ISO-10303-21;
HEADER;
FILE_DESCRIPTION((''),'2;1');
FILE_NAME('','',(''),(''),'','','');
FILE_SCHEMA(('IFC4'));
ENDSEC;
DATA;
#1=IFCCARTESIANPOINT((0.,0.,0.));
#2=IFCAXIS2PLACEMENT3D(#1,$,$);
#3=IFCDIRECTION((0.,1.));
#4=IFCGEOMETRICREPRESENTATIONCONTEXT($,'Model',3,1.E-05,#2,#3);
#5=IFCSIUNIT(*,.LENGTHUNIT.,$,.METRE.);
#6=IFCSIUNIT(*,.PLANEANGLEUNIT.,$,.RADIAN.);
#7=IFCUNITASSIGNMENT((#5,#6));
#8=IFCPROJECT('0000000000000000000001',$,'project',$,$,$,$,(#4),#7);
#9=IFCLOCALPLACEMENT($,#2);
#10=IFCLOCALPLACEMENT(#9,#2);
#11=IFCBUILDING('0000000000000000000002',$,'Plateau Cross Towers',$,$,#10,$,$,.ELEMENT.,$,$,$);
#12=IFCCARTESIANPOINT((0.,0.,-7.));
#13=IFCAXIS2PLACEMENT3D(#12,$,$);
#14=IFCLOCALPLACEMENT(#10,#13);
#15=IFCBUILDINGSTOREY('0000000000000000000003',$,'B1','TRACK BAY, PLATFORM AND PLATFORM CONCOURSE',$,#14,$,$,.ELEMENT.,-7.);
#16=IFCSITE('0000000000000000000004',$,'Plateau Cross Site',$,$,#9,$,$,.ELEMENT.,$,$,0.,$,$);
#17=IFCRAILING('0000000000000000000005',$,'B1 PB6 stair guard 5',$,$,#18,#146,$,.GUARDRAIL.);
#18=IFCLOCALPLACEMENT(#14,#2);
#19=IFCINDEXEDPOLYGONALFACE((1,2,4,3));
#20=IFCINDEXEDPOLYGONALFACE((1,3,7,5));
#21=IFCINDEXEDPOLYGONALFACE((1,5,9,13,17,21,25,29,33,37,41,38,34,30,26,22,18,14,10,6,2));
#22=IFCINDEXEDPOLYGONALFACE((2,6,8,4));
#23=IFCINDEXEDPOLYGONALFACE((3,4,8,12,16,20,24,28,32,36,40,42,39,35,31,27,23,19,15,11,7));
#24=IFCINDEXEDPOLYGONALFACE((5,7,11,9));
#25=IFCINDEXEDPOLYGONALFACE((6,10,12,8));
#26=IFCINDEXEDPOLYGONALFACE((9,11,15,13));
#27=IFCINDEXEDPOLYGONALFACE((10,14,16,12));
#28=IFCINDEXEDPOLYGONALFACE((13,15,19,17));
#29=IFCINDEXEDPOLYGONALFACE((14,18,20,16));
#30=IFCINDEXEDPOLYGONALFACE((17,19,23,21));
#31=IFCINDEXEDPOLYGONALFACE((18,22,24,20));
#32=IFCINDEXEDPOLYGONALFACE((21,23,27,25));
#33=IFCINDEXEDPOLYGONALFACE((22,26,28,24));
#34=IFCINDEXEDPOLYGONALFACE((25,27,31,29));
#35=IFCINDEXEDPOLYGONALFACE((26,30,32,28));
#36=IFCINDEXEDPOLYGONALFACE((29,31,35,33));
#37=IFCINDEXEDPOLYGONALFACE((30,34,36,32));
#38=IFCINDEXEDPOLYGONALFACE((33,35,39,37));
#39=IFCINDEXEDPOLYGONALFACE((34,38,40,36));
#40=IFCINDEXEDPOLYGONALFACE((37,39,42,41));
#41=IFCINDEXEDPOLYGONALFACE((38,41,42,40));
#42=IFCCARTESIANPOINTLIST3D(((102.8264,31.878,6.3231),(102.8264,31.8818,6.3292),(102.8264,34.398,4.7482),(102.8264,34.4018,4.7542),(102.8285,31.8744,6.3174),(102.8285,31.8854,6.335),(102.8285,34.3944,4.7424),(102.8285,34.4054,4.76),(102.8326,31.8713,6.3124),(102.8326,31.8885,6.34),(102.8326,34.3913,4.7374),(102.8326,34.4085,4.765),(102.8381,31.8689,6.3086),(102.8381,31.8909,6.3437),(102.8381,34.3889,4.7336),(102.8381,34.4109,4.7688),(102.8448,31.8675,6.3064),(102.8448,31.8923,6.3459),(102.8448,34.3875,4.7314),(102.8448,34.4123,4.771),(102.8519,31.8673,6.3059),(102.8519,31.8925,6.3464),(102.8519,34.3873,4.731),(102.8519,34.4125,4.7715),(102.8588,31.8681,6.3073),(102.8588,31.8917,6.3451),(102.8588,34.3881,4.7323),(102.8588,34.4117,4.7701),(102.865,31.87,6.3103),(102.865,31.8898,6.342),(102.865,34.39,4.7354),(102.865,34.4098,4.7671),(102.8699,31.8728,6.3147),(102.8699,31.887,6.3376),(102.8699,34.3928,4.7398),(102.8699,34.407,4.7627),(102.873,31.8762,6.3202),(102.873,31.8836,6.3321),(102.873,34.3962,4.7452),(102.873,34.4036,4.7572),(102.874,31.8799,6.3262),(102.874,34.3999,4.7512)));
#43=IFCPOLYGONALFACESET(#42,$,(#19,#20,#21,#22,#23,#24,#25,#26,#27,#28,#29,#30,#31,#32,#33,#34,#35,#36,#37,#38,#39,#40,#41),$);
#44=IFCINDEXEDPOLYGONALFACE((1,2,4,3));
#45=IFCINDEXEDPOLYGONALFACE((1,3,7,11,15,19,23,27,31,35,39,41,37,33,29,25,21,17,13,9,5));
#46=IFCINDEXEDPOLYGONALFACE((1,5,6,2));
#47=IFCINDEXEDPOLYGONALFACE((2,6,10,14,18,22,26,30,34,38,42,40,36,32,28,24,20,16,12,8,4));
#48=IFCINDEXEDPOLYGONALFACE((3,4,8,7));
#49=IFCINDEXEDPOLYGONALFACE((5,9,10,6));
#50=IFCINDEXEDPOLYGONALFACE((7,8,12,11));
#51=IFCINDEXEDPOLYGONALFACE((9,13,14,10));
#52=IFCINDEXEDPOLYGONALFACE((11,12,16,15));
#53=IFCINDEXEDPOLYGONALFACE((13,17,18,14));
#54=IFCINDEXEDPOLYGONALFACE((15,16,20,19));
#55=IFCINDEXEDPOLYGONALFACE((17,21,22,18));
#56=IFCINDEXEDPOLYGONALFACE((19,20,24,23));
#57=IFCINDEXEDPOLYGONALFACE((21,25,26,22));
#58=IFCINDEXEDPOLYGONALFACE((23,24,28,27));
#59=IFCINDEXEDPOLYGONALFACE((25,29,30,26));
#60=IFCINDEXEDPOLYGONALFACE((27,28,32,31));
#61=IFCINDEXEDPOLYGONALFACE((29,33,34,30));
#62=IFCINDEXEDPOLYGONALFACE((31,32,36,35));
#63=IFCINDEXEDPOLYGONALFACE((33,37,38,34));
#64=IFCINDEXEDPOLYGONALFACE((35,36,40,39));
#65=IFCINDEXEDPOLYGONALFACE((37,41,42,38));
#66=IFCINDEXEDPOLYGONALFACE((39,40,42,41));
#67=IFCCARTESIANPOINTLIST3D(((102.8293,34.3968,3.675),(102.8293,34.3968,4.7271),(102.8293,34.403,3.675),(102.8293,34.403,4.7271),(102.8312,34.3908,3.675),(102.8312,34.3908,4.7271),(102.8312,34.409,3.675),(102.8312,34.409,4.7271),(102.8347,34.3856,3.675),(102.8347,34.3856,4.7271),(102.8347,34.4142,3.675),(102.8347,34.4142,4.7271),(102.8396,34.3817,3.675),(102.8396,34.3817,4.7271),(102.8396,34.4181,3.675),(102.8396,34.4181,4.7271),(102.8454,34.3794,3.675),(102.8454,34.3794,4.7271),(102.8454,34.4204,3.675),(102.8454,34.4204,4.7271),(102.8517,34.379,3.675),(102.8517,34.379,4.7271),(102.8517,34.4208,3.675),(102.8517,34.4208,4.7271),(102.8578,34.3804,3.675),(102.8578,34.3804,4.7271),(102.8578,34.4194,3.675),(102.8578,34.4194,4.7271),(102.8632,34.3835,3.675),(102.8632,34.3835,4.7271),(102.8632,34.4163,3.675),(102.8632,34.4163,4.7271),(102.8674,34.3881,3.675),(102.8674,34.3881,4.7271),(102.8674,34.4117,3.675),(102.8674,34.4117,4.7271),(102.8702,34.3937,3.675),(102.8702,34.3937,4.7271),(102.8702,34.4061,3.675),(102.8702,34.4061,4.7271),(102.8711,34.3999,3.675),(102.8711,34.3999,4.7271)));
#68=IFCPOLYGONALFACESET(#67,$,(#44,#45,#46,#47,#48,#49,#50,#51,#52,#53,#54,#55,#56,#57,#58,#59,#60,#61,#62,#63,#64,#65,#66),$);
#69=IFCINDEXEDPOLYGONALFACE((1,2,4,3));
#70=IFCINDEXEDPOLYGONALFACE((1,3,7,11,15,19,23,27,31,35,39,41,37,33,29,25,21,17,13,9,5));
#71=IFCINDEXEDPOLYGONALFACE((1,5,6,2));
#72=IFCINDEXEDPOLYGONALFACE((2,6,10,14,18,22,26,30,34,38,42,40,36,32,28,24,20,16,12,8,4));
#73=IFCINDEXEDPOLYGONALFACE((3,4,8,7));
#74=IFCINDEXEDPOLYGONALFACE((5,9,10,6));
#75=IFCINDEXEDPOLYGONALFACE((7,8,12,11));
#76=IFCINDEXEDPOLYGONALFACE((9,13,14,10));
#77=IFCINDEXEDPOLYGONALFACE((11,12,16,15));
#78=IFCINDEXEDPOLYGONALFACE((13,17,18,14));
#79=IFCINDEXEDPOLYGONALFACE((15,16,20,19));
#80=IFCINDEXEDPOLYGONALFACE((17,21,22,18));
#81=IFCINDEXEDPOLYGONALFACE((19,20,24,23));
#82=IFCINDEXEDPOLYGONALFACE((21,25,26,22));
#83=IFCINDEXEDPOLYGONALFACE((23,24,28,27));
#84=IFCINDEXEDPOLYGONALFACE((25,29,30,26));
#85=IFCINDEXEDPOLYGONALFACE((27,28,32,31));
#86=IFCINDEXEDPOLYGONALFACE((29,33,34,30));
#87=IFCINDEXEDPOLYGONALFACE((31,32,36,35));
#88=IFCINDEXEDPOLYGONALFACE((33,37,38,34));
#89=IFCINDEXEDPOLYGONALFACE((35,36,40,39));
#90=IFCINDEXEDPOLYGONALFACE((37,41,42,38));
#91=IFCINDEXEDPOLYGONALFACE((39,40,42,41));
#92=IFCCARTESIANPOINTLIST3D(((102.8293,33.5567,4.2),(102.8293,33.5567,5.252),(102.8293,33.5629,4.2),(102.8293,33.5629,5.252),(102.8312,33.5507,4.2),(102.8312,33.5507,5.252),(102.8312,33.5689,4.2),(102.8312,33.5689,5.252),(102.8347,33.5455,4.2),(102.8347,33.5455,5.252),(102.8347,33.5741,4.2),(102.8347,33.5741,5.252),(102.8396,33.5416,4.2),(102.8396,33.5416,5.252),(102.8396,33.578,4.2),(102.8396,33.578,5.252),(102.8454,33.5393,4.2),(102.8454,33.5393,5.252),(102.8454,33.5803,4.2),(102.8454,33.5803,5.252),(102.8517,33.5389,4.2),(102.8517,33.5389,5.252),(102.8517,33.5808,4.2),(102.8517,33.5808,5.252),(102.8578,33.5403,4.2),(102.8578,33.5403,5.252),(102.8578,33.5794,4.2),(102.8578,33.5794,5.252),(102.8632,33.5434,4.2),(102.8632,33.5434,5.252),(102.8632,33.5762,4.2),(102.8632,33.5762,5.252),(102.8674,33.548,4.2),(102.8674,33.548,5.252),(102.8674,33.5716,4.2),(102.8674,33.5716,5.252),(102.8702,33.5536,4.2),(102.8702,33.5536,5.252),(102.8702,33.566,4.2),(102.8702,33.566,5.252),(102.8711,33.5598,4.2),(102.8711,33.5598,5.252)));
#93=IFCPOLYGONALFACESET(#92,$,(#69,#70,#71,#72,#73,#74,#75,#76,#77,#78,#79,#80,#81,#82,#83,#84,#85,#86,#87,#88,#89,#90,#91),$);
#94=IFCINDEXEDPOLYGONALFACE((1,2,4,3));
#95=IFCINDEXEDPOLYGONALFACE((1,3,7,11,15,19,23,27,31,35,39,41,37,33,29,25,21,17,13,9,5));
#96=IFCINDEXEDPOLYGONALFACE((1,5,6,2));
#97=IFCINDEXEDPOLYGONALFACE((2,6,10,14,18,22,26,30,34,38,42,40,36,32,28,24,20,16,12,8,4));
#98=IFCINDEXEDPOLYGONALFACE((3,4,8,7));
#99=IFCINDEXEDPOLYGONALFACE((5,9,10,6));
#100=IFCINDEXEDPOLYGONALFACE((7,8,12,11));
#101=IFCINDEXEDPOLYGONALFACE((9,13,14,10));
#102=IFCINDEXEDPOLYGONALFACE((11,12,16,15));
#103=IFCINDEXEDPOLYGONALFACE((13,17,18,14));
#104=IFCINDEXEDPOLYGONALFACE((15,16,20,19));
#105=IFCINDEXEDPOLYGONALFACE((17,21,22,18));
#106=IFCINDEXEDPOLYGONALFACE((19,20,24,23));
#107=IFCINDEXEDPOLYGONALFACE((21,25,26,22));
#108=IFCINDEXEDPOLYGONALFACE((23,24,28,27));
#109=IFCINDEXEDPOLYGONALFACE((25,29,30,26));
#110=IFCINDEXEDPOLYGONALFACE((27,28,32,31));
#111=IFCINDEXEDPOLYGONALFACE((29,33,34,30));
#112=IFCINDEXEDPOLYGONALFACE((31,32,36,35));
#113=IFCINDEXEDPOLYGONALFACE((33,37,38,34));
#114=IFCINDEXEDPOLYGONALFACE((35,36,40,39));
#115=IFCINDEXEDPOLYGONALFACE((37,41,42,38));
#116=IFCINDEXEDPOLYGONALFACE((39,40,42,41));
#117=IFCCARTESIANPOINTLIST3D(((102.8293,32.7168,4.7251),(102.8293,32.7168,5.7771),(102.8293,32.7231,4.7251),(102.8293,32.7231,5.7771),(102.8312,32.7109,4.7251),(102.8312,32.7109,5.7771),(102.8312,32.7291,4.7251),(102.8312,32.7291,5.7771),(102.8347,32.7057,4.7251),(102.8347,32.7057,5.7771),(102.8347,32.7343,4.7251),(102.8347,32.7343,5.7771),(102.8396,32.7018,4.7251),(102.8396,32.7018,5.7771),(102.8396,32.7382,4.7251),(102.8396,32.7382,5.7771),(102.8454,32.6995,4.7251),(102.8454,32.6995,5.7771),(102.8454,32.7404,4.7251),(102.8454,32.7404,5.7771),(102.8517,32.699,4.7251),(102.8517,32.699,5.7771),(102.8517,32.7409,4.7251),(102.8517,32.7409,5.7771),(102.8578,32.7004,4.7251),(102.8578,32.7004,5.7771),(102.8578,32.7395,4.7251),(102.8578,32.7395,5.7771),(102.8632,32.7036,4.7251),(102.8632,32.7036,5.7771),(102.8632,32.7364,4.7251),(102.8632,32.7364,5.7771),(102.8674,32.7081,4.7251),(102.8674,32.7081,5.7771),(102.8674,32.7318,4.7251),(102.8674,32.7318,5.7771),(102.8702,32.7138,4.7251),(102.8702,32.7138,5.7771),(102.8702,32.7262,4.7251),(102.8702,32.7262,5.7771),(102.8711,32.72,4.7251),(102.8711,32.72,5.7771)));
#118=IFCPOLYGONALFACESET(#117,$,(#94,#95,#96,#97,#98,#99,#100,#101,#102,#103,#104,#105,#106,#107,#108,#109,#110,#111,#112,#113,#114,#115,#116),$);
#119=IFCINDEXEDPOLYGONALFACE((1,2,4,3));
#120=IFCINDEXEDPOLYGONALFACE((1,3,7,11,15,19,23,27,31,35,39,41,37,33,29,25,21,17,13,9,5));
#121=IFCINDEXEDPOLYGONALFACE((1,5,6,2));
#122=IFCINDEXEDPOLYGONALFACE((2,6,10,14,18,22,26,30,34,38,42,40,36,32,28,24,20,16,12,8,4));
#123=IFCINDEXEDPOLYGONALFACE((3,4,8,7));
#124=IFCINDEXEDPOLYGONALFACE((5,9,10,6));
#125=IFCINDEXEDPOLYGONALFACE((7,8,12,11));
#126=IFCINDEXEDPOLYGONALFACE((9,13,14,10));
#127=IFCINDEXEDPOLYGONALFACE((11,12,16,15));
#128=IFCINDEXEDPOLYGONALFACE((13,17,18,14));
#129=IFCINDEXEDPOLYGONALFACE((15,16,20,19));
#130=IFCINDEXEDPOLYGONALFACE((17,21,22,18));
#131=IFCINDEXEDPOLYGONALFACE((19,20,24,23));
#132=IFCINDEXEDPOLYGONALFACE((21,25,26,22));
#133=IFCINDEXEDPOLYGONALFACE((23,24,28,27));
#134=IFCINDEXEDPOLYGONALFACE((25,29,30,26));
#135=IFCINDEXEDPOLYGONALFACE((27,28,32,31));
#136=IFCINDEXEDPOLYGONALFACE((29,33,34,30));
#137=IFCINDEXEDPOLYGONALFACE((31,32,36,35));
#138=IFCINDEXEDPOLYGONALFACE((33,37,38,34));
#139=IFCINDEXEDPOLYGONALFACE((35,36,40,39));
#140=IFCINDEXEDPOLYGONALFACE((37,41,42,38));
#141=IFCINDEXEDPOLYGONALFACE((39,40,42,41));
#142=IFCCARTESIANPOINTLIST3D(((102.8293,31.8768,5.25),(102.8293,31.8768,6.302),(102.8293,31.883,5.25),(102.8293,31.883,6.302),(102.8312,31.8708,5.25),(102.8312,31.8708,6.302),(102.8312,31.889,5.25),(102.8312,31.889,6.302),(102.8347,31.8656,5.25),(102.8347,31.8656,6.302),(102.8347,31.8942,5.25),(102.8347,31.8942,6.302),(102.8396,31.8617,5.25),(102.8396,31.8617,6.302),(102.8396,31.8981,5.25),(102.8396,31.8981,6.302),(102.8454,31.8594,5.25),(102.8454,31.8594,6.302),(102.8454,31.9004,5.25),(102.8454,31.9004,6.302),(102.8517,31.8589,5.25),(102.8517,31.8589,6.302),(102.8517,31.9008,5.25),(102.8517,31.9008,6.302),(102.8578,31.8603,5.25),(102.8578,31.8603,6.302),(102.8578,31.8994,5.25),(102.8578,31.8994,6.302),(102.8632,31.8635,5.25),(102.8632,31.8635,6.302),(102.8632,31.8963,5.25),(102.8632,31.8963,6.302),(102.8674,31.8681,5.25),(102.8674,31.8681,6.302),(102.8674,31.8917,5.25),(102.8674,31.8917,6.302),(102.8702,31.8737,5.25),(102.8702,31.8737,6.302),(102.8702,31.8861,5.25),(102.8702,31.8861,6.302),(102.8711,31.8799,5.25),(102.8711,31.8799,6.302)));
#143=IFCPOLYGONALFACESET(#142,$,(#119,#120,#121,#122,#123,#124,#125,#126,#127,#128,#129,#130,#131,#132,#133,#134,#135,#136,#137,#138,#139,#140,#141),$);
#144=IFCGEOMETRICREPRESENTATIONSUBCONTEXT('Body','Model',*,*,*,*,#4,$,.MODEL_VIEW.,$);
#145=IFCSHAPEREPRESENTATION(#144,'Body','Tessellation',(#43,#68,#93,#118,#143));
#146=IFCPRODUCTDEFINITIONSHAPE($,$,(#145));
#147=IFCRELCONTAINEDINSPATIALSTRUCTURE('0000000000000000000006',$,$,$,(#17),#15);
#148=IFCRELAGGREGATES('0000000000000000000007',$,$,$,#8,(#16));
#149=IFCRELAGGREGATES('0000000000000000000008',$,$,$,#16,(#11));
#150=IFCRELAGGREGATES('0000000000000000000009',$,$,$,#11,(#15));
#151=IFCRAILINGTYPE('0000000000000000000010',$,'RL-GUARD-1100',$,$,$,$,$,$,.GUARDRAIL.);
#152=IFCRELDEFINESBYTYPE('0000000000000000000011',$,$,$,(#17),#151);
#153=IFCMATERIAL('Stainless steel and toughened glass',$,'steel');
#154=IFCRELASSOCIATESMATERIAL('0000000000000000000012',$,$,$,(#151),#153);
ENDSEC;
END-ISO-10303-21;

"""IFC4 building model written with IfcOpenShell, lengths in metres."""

from ifc_helpers import new_model, si_unit, direction, frame, origin, origin_2d, place, context, subcontext, project, spatial, circle, extrude, material, type_object, element, save


model = new_model("IFC4")

# Units and contexts
model_context = context("Model", 3, precision=1e-05, world=origin(), true_north=direction((0.0, 1.0)))
body_context = subcontext(model_context, "Body", "Model", "MODEL_VIEW")
ifc_project = project(units=[si_unit("LENGTHUNIT", "METRE"), si_unit("PLANEANGLEUNIT", "RADIAN")], contexts=[model_context])

# Site, building, storey
site_placement = place(None, origin())
site = spatial("IfcSite", under=ifc_project, at=site_placement, Name="Plateau Cross Site", CompositionType="ELEMENT", RefElevation=0.0)
building_placement = place(site_placement, origin())
building = spatial("IfcBuilding", under=site, at=building_placement, Name="Plateau Cross Towers", CompositionType="ELEMENT")
storey_placement = place(building_placement, frame((0.0, 0.0, -7.0)))
storey = spatial("IfcBuildingStorey", under=building, at=storey_placement, Name="B1", Description="TRACK BAY, PLATFORM AND PLATFORM CONCOURSE", CompositionType="ELEMENT", Elevation=-7.0)

# Railing
ifc_material_1 = material(Name="Stainless steel and toughened glass", Category="steel")
railing_type_1 = type_object("IfcRailingType", Name="RL-GUARD-1100", PredefinedType="GUARDRAIL", material=ifc_material_1)
railing_1_placement = place(storey_placement, frame((102.8501, 34.3999, 3.675)))
element("IfcRailing", 1, at=railing_1_placement, inside=storey, type_object=railing_type_1, Name="B1 PB6 stair guard 5", PredefinedType="GUARDRAIL", context=body_context, shape_type="SweptSolid", body=[
    extrude(circle(Radius=0.0239, at=origin_2d()), frame((0.0, 0.0, 1.0762), z_axis=(0.0, -0.848008, 0.529984), x_axis=(1.0, 0.0, 0.0)), (0.0, 0.0, 1.0), 2.9717),
    extrude(circle(Radius=0.021, at=origin_2d()), origin(), (0.0, 0.0, 1.0), 1.052),
    extrude(circle(Radius=0.021, at=origin_2d()), frame((0.0, -0.8401, 0.5249)), (0.0, 0.0, 1.0), 1.052),
    extrude(circle(Radius=0.021, at=origin_2d()), frame((0.0, -1.6799, 1.05)), (0.0, 0.0, 1.0), 1.052),
    extrude(circle(Radius=0.021, at=origin_2d()), frame((0.0, -2.52, 1.575)), (0.0, 0.0, 1.0), 1.052),
])

save(model, "model.ifc")
